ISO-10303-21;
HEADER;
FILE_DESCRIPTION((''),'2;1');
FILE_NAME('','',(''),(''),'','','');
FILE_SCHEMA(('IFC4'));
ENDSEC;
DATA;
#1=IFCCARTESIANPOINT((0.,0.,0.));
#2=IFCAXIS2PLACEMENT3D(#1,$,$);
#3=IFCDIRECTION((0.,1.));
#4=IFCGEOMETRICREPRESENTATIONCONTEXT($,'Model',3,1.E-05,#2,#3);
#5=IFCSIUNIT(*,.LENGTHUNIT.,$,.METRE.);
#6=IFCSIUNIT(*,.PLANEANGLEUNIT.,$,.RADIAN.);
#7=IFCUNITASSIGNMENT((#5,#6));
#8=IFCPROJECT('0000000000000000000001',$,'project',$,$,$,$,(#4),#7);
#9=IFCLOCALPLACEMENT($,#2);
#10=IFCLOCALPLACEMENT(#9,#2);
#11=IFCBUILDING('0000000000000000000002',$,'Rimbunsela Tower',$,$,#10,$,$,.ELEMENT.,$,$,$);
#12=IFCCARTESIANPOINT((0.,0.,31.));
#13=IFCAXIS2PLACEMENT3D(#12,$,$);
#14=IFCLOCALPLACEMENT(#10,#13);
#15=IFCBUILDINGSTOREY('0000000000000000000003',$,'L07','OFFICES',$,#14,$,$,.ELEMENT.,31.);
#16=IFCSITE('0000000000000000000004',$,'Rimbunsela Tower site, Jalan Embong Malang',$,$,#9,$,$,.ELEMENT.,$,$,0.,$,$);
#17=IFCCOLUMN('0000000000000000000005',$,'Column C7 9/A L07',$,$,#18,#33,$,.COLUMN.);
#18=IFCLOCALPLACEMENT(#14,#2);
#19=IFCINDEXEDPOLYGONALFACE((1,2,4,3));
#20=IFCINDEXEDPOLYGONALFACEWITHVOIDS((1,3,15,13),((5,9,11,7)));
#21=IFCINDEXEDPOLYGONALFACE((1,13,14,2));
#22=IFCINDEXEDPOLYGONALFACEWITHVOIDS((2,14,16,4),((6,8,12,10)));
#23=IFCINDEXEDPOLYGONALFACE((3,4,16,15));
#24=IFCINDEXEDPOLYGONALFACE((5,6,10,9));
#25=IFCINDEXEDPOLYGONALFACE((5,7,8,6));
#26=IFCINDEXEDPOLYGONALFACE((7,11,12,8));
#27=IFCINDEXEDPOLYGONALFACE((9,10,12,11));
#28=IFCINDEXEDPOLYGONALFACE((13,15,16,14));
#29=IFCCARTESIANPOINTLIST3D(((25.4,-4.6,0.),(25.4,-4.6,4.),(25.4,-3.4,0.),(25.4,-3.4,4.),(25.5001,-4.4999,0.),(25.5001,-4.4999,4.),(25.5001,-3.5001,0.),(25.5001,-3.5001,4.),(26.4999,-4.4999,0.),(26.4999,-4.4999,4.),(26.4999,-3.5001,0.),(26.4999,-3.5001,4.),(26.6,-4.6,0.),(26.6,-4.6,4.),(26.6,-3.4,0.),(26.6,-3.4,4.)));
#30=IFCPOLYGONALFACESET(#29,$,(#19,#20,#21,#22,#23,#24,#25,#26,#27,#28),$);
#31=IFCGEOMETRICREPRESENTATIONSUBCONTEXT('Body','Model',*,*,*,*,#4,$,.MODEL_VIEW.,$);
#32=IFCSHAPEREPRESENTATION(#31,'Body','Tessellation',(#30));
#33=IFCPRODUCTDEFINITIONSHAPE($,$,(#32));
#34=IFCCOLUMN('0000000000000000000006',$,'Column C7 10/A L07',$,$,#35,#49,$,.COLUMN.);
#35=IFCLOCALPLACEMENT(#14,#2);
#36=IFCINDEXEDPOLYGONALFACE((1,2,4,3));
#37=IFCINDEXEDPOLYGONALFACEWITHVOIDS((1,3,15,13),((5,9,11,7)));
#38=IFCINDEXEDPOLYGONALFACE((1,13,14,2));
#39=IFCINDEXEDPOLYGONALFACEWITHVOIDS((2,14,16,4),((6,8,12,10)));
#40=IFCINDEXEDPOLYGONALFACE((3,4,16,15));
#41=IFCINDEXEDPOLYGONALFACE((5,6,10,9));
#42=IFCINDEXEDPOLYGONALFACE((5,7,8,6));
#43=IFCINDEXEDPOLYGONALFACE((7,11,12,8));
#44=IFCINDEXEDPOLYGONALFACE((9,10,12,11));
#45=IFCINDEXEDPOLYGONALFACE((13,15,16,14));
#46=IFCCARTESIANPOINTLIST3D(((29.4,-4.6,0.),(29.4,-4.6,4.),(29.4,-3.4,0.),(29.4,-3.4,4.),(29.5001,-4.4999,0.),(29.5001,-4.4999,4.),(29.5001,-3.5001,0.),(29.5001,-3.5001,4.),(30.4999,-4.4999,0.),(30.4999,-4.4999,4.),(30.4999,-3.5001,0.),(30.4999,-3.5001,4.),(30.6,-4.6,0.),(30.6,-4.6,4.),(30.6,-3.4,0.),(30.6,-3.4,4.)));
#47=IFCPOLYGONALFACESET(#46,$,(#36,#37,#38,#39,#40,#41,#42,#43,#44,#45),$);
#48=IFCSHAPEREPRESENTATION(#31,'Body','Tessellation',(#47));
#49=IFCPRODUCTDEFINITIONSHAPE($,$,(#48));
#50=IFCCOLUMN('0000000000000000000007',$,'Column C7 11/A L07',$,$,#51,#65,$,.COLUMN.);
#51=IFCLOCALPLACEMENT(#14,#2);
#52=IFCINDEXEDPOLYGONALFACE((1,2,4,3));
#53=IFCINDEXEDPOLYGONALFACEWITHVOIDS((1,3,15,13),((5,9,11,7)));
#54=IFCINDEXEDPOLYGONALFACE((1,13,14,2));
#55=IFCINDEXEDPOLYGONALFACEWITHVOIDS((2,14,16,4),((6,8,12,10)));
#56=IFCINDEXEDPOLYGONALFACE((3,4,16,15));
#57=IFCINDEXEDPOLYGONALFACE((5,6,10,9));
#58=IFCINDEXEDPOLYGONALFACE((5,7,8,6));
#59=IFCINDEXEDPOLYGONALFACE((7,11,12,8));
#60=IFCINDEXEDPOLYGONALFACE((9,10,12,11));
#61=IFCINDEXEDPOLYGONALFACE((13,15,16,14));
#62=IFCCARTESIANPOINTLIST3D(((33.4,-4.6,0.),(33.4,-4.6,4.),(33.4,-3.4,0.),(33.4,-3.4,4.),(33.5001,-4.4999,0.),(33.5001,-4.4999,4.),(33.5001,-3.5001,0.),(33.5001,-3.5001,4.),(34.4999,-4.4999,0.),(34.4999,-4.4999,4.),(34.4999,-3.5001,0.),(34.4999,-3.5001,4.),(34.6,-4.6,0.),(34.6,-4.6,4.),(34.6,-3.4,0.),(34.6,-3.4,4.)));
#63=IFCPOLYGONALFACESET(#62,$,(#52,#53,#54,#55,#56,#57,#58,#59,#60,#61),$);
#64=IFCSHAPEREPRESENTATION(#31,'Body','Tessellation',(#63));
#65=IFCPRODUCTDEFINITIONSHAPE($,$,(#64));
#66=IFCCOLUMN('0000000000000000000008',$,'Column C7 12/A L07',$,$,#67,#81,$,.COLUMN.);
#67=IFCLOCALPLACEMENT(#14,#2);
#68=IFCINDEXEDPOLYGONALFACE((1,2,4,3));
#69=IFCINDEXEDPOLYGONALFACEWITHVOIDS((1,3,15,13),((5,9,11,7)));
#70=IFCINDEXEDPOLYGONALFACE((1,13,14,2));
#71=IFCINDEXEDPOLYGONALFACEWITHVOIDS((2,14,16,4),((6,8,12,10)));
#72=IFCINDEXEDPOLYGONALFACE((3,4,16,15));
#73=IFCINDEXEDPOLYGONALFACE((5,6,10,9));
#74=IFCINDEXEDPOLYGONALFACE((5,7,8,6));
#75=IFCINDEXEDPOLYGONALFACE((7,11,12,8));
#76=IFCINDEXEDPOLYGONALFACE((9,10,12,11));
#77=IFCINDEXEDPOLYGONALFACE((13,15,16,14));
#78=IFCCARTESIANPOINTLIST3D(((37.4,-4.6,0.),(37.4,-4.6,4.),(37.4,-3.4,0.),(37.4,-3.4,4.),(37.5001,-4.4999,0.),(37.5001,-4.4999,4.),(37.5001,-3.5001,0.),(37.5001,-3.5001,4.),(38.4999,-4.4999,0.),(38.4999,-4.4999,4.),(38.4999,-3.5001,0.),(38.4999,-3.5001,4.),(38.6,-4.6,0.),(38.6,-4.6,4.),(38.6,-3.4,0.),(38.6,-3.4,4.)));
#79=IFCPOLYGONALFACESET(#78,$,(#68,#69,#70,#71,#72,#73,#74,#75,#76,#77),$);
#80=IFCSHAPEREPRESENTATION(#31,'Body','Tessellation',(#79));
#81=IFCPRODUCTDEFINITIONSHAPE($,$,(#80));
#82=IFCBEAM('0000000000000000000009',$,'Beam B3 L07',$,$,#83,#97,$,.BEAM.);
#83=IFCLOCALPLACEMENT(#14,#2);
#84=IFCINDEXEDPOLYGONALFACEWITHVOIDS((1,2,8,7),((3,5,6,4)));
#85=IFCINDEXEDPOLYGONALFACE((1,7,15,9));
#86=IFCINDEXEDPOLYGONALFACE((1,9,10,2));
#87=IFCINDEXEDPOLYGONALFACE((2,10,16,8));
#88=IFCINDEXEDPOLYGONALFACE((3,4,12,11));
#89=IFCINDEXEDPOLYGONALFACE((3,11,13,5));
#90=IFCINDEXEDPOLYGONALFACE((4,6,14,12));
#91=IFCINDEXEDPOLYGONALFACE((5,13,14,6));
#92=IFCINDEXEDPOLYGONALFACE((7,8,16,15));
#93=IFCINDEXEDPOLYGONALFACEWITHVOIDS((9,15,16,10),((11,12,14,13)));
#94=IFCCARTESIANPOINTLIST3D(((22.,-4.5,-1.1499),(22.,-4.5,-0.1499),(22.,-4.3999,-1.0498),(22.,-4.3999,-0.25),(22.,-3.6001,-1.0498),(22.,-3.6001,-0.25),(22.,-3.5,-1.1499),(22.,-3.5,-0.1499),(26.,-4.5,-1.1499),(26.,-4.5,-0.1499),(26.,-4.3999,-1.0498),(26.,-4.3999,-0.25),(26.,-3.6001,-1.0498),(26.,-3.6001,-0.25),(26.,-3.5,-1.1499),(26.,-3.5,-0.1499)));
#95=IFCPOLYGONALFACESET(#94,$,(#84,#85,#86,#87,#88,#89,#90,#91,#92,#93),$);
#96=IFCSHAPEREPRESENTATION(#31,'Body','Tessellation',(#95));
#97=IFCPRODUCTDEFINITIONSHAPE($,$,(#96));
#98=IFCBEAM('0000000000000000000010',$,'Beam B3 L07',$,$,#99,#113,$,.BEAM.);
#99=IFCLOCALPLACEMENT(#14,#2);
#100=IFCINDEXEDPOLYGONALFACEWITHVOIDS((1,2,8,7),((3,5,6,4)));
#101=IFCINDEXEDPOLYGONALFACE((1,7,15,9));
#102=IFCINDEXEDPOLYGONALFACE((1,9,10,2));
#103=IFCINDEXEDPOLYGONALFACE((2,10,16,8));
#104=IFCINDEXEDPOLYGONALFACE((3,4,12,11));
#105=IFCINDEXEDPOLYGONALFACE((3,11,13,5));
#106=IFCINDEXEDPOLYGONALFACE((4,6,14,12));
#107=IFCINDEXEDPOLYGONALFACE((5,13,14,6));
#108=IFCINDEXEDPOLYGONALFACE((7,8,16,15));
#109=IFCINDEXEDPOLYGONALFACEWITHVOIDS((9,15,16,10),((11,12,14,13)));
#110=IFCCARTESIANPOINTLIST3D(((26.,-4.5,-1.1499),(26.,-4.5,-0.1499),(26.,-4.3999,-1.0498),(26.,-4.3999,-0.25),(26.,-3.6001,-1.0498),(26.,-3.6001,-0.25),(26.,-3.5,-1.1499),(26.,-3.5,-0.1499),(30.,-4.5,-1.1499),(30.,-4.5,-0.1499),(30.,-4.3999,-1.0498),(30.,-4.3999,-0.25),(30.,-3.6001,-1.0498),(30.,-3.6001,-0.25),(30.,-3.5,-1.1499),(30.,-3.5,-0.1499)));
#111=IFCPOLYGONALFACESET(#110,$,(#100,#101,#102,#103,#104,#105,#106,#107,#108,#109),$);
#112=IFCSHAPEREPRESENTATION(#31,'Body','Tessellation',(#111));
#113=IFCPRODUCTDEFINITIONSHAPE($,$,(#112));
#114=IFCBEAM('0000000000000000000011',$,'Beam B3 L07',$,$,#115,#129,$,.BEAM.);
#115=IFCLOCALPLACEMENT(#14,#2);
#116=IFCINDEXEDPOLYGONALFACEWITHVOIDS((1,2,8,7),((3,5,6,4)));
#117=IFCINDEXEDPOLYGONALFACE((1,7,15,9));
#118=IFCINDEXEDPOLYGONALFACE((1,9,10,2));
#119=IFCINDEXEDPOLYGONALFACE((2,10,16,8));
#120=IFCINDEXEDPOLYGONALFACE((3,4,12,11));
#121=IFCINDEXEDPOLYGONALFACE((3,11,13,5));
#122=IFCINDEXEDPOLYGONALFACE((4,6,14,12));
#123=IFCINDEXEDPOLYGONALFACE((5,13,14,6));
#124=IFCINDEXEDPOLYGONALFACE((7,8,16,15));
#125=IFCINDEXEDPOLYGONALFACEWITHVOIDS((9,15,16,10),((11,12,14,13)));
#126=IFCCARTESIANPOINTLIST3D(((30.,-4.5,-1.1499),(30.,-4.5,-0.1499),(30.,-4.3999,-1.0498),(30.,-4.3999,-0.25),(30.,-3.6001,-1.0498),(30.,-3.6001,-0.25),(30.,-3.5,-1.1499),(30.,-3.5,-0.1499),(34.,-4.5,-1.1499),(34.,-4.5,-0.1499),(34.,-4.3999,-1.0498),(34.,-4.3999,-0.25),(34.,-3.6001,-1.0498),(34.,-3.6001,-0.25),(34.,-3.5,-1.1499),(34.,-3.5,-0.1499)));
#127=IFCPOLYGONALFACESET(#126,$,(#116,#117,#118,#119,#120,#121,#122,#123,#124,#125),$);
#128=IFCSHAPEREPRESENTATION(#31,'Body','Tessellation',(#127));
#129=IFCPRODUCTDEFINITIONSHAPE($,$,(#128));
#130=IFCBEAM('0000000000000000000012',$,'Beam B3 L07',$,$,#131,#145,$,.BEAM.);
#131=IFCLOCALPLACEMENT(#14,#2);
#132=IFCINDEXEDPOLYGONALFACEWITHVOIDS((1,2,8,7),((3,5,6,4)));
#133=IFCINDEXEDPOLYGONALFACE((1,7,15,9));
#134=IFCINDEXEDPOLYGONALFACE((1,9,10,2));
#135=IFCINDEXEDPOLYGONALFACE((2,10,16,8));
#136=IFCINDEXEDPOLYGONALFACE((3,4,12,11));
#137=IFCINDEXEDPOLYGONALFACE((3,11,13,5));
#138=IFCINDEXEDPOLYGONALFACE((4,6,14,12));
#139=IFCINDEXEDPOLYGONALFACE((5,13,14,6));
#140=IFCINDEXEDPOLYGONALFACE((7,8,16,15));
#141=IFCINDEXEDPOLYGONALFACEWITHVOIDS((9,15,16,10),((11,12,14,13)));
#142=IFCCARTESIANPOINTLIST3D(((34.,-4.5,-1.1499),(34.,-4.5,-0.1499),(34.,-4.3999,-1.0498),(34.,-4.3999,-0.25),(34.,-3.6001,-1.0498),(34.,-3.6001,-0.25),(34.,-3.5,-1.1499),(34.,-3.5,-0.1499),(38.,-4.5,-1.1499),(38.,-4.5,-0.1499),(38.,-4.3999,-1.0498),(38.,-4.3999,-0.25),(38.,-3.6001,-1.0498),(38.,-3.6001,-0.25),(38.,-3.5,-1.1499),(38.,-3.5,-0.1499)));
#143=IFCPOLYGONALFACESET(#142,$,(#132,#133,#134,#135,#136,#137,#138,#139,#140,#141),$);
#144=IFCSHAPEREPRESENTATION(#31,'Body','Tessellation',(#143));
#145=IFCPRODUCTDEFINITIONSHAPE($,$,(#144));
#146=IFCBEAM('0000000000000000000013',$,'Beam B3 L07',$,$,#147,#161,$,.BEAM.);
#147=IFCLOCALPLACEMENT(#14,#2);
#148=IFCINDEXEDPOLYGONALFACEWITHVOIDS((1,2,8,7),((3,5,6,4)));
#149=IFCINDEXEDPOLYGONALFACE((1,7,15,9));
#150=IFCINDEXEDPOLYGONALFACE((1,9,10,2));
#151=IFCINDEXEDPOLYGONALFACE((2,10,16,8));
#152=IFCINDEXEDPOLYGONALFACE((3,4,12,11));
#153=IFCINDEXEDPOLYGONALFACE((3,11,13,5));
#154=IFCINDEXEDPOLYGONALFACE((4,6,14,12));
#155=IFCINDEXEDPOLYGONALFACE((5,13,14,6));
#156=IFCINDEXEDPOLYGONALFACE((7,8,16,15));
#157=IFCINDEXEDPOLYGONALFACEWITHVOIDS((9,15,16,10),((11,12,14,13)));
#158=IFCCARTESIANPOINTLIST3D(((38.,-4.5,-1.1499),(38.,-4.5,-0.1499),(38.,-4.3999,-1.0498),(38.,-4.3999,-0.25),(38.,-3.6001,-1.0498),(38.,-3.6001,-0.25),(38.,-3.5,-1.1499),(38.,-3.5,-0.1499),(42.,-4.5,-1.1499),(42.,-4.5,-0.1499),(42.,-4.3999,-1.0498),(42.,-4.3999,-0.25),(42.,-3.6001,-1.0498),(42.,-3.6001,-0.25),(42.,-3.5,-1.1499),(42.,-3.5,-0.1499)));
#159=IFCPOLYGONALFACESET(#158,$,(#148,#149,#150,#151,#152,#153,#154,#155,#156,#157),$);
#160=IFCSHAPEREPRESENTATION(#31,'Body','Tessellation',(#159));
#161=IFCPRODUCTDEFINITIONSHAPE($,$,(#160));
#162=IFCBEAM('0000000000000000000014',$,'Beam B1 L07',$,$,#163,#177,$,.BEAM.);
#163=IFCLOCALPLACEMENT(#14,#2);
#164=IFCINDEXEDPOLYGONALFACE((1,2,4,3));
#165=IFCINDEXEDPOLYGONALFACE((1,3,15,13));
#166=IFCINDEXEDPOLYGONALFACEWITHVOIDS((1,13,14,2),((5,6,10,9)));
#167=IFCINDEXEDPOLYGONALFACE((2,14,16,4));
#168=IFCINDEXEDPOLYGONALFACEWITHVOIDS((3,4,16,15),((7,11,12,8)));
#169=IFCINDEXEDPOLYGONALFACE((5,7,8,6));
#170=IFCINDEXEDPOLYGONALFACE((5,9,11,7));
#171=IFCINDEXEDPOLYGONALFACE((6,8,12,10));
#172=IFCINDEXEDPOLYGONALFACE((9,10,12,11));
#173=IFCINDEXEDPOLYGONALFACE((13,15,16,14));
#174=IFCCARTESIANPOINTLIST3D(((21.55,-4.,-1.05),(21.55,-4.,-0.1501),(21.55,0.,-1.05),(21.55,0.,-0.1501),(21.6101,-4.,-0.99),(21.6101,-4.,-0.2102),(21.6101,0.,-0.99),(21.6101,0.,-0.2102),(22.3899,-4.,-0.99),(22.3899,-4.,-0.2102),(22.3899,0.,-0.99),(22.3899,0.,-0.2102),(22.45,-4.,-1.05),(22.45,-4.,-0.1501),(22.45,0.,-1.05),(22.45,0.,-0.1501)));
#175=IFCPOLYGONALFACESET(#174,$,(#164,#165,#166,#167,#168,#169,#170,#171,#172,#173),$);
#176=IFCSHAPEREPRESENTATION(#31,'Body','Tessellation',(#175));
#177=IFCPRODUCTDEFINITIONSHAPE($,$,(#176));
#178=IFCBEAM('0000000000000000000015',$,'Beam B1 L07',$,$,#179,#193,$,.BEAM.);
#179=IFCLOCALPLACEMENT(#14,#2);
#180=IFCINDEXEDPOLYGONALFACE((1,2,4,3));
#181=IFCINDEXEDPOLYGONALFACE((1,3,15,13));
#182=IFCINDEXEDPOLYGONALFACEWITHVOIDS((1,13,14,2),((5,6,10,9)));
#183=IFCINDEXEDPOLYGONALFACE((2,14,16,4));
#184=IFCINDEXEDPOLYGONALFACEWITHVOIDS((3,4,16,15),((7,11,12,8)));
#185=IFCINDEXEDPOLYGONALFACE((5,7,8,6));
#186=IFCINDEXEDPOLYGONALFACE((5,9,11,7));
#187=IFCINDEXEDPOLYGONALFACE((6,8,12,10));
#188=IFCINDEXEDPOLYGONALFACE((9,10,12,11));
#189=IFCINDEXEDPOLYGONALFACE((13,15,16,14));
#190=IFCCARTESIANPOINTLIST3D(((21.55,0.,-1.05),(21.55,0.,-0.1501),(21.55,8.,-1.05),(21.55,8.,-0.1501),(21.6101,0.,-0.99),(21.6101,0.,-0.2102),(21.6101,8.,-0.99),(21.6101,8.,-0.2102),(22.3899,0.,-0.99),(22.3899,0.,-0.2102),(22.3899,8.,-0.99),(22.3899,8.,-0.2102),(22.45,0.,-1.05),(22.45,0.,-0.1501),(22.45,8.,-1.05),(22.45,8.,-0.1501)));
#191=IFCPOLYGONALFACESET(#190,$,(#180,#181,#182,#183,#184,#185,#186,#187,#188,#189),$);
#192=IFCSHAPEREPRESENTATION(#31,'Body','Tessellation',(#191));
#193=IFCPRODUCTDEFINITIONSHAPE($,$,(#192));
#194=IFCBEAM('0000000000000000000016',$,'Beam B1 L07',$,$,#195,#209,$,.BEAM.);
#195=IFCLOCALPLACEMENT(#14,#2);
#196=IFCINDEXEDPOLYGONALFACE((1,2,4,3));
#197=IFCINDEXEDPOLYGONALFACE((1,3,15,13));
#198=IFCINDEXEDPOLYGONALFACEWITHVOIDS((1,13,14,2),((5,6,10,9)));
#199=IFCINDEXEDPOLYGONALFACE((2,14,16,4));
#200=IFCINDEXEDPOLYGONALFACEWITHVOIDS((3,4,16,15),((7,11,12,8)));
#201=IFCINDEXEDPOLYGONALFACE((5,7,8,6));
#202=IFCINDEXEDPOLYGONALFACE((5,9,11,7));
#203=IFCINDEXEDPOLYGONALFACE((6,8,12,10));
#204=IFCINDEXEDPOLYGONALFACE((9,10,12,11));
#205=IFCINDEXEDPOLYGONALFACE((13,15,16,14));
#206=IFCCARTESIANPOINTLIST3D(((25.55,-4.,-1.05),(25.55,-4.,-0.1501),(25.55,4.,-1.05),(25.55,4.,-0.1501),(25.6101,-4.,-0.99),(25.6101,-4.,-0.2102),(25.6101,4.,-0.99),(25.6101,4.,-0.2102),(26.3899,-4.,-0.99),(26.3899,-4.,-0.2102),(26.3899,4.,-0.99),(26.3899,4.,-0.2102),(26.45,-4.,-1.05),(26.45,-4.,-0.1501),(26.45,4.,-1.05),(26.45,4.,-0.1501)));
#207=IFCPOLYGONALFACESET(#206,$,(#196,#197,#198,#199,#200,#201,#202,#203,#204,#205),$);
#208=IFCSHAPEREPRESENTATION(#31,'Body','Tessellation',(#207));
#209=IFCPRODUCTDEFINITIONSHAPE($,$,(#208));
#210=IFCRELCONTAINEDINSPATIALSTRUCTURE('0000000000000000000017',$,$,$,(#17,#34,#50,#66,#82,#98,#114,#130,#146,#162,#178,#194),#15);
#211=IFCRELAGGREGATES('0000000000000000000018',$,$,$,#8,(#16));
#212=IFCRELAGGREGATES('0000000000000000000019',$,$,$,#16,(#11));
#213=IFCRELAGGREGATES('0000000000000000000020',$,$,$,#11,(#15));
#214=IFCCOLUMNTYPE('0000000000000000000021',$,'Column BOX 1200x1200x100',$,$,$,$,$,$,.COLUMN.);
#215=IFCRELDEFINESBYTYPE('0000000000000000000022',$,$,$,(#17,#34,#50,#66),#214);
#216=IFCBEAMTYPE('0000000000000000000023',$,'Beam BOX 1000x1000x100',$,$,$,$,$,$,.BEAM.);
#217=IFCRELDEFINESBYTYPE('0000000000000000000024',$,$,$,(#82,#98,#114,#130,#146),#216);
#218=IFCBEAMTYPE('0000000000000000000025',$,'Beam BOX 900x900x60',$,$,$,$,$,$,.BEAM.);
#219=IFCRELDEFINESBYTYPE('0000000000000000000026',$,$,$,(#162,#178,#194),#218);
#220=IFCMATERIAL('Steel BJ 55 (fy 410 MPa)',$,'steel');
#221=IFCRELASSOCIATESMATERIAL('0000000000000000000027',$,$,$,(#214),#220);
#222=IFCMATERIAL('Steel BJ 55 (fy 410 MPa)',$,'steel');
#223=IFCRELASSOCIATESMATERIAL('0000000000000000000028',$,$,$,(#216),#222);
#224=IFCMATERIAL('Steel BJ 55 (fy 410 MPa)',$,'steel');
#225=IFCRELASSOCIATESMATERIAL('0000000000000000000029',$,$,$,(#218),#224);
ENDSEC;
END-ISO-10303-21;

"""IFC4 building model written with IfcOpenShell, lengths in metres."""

from ifc_helpers import new_model, si_unit, direction, frame, origin, origin_2d, place, context, subcontext, project, spatial, hollow_rectangle, extrude, material, material_profile, profile_set, type_object, element, save


model = new_model("IFC4")

# Units and contexts
model_context = context("Model", 3, precision=1e-05, world=origin(), true_north=direction((0.0, 1.0)))
body_context = subcontext(model_context, "Body", "Model", "MODEL_VIEW")
ifc_project = project(units=[si_unit("LENGTHUNIT", "METRE"), si_unit("PLANEANGLEUNIT", "RADIAN")], contexts=[model_context])

# Site, building, storey
site_placement = place(None, origin())
site = spatial("IfcSite", under=ifc_project, at=site_placement, Name="Rimbunsela Tower site, Jalan Embong Malang", CompositionType="ELEMENT", RefElevation=0.0)
building_placement = place(site_placement, origin())
building = spatial("IfcBuilding", under=site, at=building_placement, Name="Rimbunsela Tower", CompositionType="ELEMENT")
storey_placement = place(building_placement, frame((0.0, 0.0, 31.0)))
storey = spatial("IfcBuildingStorey", under=building, at=storey_placement, Name="L07", Description="OFFICES", CompositionType="ELEMENT", Elevation=31.0)

# Columns
ifc_material_1 = material(Name="Steel BJ 55 (fy 410 MPa)", Category="steel")
ifc_material_profile_1 = material_profile(ifc_material_1, hollow_rectangle(XDim=1.2, YDim=1.2, WallThickness=0.1001, at=origin_2d()), Name="BOX 1200x1200x100")
ifc_profile_set_1 = profile_set([ifc_material_profile_1], Name="Steel BJ 55 (fy 410 MPa)")
column_type = type_object("IfcColumnType", Name="Column BOX 1200x1200x100", PredefinedType="COLUMN", material=ifc_profile_set_1)
for number, where, z_axis, x_axis, name in (
    (1, (26.0, -4.0, 0.0), (0.0, 0.0, 1.0), (1.0, 0.0, 0.0), "Column C7 9/A L07"),
    (2, (30.0, -4.0, 0.0), (0.0, 0.0, 1.0), (1.0, 0.0, 0.0), "Column C7 10/A L07"),
    (3, (34.0, -4.0, 0.0), (0.0, 0.0, 1.0), (1.0, 0.0, 0.0), "Column C7 11/A L07"),
    (4, (38.0, -4.0, 0.0), (0.0, 0.0, 1.0), (1.0, 0.0, 0.0), "Column C7 12/A L07"),
):
    element("IfcColumn", number, at=place(storey_placement, frame(where, z_axis=z_axis, x_axis=x_axis)), inside=storey, type_object=column_type, Name=name, PredefinedType="COLUMN", context=body_context, shape_type="SweptSolid", body=[
        extrude(hollow_rectangle(XDim=1.2, YDim=1.2, WallThickness=0.1001, at=origin_2d()), origin(), (0.0, 0.0, 1.0), 4.0),
    ])

# Beams
ifc_material_2 = material(Name="Steel BJ 55 (fy 410 MPa)", Category="steel")
ifc_material_profile_2 = material_profile(ifc_material_2, hollow_rectangle(XDim=1.0, YDim=1.0, WallThickness=0.1001, at=origin_2d()), Name="BOX 1000x1000x100")
ifc_profile_set_2 = profile_set([ifc_material_profile_2], Name="Steel BJ 55 (fy 410 MPa)")
beam_type_1 = type_object("IfcBeamType", Name="Beam BOX 1000x1000x100", PredefinedType="BEAM", material=ifc_profile_set_2)
for number, where, z_axis, x_axis, name in (
    (5, (22.0, -4.0, -0.6499), (1.0, 0.0, 0.0), (0.0, 1.0, 0.0), "Beam B3 L07"),
    (6, (26.0, -4.0, -0.6499), (1.0, 0.0, 0.0), (0.0, 1.0, 0.0), "Beam B3 L07"),
    (7, (30.0, -4.0, -0.6499), (1.0, 0.0, 0.0), (0.0, 1.0, 0.0), "Beam B3 L07"),
    (8, (34.0, -4.0, -0.6499), (1.0, 0.0, 0.0), (0.0, 1.0, 0.0), "Beam B3 L07"),
    (9, (38.0, -4.0, -0.6499), (1.0, 0.0, 0.0), (0.0, 1.0, 0.0), "Beam B3 L07"),
):
    element("IfcBeam", number, at=place(storey_placement, frame(where, z_axis=z_axis, x_axis=x_axis)), inside=storey, type_object=beam_type_1, Name=name, PredefinedType="BEAM", context=body_context, shape_type="SweptSolid", body=[
        extrude(hollow_rectangle(XDim=1.0, YDim=1.0, WallThickness=0.1001, at=origin_2d()), origin(), (0.0, 0.0, 1.0), 4.0),
    ])
ifc_material_3 = material(Name="Steel BJ 55 (fy 410 MPa)", Category="steel")
ifc_material_profile_3 = material_profile(ifc_material_3, hollow_rectangle(XDim=0.8999, YDim=0.8999, WallThickness=0.0601, at=origin_2d()), Name="BOX 900x900x60")
ifc_profile_set_3 = profile_set([ifc_material_profile_3], Name="Steel BJ 55 (fy 410 MPa)")
beam_type_2 = type_object("IfcBeamType", Name="Beam BOX 900x900x60", PredefinedType="BEAM", material=ifc_profile_set_3)
beam_1_placement = place(storey_placement, frame((22.0, -4.0, -0.6001), z_axis=(0.0, 1.0, 0.0), x_axis=(-1.0, 0.0, 0.0)))
element("IfcBeam", 10, at=beam_1_placement, inside=storey, type_object=beam_type_2, Name="Beam B1 L07", PredefinedType="BEAM", context=body_context, shape_type="SweptSolid", body=[
    extrude(hollow_rectangle(XDim=0.8999, YDim=0.8999, WallThickness=0.0601, at=origin_2d()), origin(), (0.0, 0.0, 1.0), 4.0),
])
for number, where, z_axis, x_axis, name in (
    (11, (22.0, 0.0, -0.6001), (0.0, 1.0, 0.0), (-1.0, 0.0, 0.0), "Beam B1 L07"),
    (12, (26.0, -4.0, -0.6001), (0.0, 1.0, 0.0), (-1.0, 0.0, 0.0), "Beam B1 L07"),
):
    element("IfcBeam", number, at=place(storey_placement, frame(where, z_axis=z_axis, x_axis=x_axis)), inside=storey, type_object=beam_type_2, Name=name, PredefinedType="BEAM", context=body_context, shape_type="SweptSolid", body=[
        extrude(hollow_rectangle(XDim=0.8999, YDim=0.8999, WallThickness=0.0601, at=origin_2d()), origin(), (0.0, 0.0, 1.0), 8.0),
    ])

save(model, "model.ifc")
